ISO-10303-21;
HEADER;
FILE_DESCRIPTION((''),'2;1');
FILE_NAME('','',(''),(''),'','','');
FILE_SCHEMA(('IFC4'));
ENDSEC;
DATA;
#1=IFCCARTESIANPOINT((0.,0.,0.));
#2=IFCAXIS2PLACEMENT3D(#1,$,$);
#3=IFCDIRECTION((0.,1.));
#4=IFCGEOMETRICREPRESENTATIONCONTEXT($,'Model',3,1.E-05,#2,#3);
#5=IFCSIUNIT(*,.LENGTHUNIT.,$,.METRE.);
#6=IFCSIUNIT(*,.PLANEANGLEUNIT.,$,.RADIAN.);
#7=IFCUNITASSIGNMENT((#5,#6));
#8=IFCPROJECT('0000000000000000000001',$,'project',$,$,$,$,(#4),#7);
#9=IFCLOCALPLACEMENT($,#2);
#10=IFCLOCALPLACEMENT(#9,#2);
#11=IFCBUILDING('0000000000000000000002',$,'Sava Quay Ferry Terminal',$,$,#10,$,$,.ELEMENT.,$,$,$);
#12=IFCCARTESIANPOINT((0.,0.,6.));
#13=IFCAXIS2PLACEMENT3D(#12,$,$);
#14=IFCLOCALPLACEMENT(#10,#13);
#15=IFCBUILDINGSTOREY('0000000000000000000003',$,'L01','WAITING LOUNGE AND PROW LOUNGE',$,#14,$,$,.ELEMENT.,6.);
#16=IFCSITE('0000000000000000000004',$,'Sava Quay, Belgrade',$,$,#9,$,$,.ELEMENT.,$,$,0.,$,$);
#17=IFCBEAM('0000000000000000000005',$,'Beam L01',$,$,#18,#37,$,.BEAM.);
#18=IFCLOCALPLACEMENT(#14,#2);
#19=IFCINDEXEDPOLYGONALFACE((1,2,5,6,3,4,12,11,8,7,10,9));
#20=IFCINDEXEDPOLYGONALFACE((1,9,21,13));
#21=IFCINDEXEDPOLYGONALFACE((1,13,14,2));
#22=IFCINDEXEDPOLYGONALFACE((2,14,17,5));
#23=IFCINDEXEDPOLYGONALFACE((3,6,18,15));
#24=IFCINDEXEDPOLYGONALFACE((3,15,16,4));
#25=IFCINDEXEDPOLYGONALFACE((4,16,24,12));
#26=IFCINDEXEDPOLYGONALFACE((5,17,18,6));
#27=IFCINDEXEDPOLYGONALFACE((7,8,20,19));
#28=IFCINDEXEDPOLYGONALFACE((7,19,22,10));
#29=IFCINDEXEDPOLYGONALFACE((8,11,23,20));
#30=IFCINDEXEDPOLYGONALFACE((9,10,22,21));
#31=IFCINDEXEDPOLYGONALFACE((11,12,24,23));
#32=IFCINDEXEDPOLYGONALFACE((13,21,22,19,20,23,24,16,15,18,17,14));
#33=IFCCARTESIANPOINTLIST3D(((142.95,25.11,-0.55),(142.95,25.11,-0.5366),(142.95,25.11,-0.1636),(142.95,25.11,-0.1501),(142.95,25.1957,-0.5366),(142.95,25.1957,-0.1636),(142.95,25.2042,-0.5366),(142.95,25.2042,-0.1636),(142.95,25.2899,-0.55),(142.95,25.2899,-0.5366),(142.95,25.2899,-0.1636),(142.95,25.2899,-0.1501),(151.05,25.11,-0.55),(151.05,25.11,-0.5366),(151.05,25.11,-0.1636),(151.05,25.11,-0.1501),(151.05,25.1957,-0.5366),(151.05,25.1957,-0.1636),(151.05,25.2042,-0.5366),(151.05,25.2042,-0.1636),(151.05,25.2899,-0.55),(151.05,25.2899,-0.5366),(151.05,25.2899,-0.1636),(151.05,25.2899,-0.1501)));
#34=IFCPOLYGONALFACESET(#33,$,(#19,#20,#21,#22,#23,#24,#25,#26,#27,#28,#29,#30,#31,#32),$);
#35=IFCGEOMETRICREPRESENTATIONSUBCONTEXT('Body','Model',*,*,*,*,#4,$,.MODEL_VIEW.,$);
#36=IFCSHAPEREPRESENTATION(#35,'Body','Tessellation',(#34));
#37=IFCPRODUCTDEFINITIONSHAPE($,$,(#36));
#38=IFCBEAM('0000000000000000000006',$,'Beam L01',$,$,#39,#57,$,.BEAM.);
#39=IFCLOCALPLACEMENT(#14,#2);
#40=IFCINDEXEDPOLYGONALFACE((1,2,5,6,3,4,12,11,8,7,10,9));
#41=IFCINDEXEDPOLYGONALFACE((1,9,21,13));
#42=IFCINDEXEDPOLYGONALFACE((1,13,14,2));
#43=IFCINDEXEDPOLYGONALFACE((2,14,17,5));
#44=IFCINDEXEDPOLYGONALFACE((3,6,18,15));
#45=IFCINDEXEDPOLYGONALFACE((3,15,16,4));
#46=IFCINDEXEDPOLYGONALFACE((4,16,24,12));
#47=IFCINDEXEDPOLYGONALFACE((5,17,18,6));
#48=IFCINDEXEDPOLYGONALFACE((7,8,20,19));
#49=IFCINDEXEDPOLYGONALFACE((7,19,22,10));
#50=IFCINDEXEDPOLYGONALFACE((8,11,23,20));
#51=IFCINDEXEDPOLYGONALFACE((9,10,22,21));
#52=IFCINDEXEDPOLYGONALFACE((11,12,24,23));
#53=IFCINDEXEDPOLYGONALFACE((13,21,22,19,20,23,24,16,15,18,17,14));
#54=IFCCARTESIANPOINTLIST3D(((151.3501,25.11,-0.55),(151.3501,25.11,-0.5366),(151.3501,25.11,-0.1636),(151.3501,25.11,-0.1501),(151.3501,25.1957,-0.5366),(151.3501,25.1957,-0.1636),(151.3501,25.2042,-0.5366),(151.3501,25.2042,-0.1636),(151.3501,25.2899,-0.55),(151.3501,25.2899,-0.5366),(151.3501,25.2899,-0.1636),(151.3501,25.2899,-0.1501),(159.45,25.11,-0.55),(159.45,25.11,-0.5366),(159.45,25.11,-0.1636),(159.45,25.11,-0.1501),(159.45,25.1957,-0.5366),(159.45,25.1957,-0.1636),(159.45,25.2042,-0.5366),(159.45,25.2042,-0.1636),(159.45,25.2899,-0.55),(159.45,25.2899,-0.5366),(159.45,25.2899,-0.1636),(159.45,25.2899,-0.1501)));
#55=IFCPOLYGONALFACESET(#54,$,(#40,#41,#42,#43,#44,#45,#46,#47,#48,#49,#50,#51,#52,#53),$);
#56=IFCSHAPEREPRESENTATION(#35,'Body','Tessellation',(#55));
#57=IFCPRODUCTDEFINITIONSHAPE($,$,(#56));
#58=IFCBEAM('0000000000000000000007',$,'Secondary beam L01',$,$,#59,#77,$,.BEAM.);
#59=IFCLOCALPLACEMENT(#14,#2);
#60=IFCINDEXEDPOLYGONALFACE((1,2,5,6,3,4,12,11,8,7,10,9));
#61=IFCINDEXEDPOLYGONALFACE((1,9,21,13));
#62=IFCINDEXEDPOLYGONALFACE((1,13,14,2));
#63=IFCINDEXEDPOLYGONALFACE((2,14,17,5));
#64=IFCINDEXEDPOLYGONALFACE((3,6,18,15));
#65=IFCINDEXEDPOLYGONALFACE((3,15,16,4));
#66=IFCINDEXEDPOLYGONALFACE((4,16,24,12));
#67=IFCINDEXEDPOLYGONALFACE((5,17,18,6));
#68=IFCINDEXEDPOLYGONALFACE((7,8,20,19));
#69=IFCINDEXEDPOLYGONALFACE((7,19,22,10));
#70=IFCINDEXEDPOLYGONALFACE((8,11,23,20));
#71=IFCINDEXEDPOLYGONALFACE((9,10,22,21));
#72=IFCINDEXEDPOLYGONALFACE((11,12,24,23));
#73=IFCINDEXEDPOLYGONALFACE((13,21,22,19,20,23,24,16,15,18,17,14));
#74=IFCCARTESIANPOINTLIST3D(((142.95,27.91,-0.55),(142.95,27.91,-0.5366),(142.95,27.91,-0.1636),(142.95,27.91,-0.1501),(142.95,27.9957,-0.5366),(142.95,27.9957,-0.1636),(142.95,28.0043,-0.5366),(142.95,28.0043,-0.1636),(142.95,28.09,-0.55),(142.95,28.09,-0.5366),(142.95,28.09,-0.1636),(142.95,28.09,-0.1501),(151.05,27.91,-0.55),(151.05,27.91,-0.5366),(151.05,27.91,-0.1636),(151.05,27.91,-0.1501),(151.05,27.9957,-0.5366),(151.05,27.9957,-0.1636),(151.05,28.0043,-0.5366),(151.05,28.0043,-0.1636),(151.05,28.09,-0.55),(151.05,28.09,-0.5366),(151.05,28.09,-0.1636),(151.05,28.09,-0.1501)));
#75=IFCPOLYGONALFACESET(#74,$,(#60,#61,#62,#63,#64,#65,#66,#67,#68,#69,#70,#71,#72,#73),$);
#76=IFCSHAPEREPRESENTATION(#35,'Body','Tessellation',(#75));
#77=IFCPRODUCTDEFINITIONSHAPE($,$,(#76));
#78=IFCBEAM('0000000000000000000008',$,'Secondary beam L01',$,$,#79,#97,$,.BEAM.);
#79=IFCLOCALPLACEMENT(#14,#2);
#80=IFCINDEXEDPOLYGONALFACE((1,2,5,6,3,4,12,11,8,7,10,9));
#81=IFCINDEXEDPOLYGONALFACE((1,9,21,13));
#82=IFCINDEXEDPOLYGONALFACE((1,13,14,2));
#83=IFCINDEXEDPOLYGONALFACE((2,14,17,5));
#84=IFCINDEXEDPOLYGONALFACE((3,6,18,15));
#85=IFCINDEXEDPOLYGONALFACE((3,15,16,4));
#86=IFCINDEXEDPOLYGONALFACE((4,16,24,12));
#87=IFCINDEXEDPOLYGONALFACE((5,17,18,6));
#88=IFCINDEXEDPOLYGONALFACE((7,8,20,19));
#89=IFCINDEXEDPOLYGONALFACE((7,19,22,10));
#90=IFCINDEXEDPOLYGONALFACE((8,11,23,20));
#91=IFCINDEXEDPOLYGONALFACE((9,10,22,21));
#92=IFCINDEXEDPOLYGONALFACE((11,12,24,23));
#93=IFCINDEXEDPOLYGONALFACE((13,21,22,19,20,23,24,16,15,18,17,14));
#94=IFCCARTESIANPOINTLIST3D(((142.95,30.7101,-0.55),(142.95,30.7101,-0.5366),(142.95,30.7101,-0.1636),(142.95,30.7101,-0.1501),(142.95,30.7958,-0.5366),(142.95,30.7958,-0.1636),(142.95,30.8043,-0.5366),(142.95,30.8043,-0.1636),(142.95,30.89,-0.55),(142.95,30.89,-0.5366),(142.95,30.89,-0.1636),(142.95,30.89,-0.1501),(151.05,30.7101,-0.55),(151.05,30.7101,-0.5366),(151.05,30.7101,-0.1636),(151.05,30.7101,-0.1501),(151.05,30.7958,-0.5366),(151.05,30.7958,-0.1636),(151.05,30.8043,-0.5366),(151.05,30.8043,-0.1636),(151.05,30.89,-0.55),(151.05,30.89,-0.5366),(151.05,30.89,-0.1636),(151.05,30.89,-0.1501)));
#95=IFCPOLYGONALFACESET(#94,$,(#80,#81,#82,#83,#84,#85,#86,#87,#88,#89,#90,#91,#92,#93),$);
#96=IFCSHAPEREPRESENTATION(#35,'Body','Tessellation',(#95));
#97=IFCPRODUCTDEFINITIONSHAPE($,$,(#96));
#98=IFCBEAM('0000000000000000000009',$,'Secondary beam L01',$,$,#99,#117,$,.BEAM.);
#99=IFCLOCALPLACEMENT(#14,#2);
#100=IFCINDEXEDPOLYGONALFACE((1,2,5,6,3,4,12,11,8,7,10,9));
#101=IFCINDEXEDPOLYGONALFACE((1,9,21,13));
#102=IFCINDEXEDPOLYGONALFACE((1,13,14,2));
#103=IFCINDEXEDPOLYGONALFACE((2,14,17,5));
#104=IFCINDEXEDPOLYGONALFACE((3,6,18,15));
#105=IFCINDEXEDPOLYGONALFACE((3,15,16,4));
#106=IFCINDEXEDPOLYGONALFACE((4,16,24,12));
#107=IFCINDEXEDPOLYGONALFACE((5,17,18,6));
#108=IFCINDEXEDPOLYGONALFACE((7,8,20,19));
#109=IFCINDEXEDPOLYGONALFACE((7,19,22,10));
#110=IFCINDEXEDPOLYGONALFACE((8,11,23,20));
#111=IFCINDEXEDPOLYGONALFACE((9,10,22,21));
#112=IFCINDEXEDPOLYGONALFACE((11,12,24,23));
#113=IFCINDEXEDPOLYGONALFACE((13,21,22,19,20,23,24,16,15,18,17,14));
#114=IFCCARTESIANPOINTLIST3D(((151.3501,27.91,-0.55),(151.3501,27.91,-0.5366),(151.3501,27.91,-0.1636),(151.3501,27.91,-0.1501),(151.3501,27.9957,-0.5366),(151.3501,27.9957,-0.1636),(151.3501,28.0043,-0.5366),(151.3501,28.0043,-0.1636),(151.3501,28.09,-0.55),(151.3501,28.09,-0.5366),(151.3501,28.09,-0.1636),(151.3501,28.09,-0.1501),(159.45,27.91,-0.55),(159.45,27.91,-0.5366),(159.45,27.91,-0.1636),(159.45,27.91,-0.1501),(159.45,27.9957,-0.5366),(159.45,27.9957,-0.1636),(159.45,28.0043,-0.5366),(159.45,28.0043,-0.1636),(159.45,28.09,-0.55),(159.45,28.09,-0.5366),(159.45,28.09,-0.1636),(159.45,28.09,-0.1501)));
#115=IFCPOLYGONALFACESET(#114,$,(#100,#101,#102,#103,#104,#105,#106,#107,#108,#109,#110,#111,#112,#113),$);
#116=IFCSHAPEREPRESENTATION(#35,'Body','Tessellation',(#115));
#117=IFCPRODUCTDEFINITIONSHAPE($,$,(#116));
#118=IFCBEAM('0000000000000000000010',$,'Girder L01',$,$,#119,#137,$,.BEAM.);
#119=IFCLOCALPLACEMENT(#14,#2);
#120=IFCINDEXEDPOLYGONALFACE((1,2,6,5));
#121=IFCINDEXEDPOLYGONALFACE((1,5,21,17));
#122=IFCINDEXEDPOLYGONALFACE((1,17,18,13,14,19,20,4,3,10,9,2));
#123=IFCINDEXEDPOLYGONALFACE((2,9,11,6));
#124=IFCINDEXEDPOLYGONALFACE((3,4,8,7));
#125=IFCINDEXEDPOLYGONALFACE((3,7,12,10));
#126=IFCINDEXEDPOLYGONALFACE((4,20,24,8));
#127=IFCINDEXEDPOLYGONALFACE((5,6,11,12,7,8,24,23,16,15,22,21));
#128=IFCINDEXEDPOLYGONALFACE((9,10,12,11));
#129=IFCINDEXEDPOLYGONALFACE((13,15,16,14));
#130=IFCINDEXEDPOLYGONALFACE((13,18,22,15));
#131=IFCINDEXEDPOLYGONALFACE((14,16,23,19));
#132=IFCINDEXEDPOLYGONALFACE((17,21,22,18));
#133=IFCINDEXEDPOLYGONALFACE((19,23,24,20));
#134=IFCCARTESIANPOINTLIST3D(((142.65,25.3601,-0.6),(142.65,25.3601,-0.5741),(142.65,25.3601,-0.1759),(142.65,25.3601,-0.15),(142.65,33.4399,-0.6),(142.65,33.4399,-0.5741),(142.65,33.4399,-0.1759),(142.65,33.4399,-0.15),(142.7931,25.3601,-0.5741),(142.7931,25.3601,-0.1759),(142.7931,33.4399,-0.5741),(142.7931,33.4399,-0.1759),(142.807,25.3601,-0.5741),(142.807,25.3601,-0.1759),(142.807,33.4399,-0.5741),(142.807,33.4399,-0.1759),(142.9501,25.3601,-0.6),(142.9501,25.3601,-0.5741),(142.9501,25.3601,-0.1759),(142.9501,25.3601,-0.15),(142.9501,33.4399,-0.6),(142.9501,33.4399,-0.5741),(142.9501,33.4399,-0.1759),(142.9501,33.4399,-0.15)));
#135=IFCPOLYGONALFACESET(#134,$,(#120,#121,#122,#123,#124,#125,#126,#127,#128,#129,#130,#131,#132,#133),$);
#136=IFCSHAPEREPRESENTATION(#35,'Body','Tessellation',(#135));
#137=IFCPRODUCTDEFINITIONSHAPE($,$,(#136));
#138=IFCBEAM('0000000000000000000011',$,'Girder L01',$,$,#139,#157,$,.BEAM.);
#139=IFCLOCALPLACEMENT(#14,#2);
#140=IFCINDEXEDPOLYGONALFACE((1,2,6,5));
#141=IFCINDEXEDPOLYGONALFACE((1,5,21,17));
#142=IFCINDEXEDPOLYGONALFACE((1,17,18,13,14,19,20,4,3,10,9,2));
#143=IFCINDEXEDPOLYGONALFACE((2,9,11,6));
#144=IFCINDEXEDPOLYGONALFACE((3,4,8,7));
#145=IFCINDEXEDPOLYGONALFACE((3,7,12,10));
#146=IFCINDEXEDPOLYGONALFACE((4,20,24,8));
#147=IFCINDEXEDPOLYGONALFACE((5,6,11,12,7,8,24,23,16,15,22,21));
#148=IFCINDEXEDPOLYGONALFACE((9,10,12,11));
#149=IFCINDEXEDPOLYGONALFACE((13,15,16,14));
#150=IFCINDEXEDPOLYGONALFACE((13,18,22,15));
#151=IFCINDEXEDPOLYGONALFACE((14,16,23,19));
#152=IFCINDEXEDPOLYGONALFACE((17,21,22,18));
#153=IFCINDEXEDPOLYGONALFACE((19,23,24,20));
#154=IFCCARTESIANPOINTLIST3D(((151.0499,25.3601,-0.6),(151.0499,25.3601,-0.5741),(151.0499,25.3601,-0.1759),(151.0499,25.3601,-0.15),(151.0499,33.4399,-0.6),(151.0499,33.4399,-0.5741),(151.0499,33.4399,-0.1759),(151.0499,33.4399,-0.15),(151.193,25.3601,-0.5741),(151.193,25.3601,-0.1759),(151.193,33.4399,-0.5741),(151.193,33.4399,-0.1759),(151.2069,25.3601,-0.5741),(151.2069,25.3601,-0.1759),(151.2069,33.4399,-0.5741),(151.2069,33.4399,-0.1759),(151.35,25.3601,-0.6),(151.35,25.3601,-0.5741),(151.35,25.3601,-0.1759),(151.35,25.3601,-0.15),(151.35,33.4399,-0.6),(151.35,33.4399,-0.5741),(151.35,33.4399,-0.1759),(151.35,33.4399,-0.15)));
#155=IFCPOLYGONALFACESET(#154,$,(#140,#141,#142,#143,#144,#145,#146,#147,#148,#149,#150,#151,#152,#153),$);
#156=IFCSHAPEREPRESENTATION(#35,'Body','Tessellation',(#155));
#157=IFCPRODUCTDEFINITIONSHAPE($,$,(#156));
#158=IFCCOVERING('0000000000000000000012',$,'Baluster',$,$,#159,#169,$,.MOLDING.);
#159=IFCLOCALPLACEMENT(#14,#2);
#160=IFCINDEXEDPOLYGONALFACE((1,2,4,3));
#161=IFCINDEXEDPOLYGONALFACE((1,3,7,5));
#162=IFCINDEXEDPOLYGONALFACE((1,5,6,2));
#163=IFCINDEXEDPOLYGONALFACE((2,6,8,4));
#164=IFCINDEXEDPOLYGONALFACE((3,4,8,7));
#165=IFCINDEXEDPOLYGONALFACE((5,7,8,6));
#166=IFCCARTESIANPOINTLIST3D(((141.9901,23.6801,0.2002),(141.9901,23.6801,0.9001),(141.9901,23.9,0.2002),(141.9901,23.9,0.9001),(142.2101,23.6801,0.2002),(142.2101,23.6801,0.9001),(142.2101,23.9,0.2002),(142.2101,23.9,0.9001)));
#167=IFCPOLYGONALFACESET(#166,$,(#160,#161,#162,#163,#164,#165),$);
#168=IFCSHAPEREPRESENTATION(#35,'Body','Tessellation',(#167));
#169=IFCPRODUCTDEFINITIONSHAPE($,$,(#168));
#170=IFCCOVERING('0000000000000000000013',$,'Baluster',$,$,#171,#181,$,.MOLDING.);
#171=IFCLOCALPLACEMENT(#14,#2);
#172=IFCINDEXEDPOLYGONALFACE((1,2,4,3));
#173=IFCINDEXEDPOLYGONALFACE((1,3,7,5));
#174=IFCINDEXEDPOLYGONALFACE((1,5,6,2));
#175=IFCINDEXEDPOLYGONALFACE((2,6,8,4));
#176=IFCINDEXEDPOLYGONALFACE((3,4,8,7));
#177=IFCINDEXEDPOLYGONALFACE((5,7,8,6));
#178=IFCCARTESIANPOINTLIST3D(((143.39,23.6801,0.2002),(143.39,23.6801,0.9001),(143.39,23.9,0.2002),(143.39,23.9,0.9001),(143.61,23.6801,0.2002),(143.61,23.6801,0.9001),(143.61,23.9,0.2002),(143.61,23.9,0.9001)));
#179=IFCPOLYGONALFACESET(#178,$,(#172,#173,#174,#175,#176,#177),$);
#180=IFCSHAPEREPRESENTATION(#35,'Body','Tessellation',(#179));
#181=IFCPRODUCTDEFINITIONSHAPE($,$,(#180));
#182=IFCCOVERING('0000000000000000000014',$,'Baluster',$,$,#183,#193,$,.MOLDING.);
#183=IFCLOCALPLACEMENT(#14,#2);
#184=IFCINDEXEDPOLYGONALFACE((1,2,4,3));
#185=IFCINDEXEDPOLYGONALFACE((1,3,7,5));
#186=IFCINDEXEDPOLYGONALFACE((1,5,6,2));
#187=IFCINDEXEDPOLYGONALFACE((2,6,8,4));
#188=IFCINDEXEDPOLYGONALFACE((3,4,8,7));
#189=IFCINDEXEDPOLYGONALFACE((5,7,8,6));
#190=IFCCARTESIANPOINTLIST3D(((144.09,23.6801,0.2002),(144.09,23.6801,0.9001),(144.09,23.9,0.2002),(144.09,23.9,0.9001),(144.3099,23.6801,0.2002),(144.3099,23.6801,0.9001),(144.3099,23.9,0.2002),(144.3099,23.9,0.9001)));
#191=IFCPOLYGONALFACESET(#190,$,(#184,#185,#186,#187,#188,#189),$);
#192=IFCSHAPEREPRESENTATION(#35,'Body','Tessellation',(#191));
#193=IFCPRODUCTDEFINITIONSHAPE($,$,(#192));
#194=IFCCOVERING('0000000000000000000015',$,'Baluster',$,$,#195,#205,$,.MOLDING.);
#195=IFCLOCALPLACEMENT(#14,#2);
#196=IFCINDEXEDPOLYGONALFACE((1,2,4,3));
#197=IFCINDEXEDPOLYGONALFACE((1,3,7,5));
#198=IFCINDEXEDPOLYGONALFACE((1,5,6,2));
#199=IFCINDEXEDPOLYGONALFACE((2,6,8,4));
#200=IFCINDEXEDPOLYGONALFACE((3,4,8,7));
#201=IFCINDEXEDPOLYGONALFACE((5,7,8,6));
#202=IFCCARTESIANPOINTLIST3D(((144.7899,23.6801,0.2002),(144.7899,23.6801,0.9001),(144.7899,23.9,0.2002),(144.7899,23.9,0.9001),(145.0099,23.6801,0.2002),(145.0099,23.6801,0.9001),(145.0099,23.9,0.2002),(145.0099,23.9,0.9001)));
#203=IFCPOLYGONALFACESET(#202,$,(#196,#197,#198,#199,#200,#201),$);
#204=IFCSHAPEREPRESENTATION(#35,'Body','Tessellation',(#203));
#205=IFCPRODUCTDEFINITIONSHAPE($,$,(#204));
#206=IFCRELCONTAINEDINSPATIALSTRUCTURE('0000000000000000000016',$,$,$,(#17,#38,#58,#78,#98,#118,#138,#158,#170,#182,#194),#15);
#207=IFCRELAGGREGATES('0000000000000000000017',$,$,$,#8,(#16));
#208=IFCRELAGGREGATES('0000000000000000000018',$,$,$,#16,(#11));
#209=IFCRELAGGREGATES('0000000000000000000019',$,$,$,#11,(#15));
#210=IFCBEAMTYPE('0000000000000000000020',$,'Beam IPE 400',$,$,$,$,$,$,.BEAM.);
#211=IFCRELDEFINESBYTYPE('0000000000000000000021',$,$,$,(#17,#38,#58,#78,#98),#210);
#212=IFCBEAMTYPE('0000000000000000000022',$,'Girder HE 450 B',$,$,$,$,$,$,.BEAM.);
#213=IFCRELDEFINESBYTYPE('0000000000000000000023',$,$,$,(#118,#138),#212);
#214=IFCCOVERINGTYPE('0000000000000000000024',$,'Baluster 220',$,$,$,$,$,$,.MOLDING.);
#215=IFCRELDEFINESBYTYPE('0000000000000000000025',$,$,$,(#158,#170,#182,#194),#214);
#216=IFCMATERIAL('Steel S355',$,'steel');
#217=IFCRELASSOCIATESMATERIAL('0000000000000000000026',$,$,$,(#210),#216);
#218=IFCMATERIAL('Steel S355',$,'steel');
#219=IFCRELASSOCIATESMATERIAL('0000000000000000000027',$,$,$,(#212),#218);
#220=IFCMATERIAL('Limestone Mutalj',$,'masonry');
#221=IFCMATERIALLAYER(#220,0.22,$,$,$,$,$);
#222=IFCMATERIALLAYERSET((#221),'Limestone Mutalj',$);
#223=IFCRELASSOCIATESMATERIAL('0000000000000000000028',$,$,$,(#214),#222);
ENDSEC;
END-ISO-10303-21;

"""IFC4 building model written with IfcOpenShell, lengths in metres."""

from ifc_helpers import new_model, si_unit, direction, frame, origin, origin_2d, place, context, subcontext, project, spatial, rectangle, i_section, extrude, material, layer, layer_set, material_profile, profile_set, type_object, element, save


model = new_model("IFC4")

# Units and contexts
model_context = context("Model", 3, precision=1e-05, world=origin(), true_north=direction((0.0, 1.0)))
body_context = subcontext(model_context, "Body", "Model", "MODEL_VIEW")
ifc_project = project(units=[si_unit("LENGTHUNIT", "METRE"), si_unit("PLANEANGLEUNIT", "RADIAN")], contexts=[model_context])

# Site, building, storey
site_placement = place(None, origin())
site = spatial("IfcSite", under=ifc_project, at=site_placement, Name="Sava Quay, Belgrade", CompositionType="ELEMENT", RefElevation=0.0)
building_placement = place(site_placement, origin())
building = spatial("IfcBuilding", under=site, at=building_placement, Name="Sava Quay Ferry Terminal", CompositionType="ELEMENT")
storey_placement = place(building_placement, frame((0.0, 0.0, 6.0)))
storey = spatial("IfcBuildingStorey", under=building, at=storey_placement, Name="L01", Description="WAITING LOUNGE AND PROW LOUNGE", CompositionType="ELEMENT", Elevation=6.0)

# Beams
ifc_material_1 = material(Name="Steel S355", Category="steel")
ifc_material_profile_1 = material_profile(ifc_material_1, i_section(OverallWidth=0.1799, OverallDepth=0.3999, WebThickness=0.0085, FlangeThickness=0.0134, at=origin_2d()), Name="IPE 400")
ifc_profile_set_1 = profile_set([ifc_material_profile_1], Name="Steel S355")
beam_type_1 = type_object("IfcBeamType", Name="Beam IPE 400", PredefinedType="BEAM", material=ifc_profile_set_1)
beam_1_placement = place(storey_placement, frame((142.95, 25.2, -0.3501), z_axis=(1.0, 0.0, 0.0), x_axis=(0.0, 1.0, 0.0)))
element("IfcBeam", 1, at=beam_1_placement, inside=storey, type_object=beam_type_1, Name="Beam L01", PredefinedType="BEAM", context=body_context, shape_type="SweptSolid", body=[
    extrude(i_section(OverallWidth=0.1799, OverallDepth=0.3999, WebThickness=0.0085, FlangeThickness=0.0134, at=origin_2d()), origin(), (0.0, 0.0, 1.0), 8.1001),
])
beam_2_placement = place(storey_placement, frame((151.3501, 25.2, -0.3501), z_axis=(1.0, 0.0, 0.0), x_axis=(0.0, 1.0, 0.0)))
element("IfcBeam", 2, at=beam_2_placement, inside=storey, type_object=beam_type_1, Name="Beam L01", PredefinedType="BEAM", context=body_context, shape_type="SweptSolid", body=[
    extrude(i_section(OverallWidth=0.1799, OverallDepth=0.3999, WebThickness=0.0085, FlangeThickness=0.0134, at=origin_2d()), origin(), (0.0, 0.0, 1.0), 8.0999),
])
for number, where, z_axis, x_axis, name in (
    (3, (142.95, 28.0, -0.3501), (1.0, 0.0, 0.0), (0.0, 1.0, 0.0), "Secondary beam L01"),
    (4, (142.95, 30.8, -0.3501), (1.0, 0.0, 0.0), (0.0, 1.0, 0.0), "Secondary beam L01"),
):
    element("IfcBeam", number, at=place(storey_placement, frame(where, z_axis=z_axis, x_axis=x_axis)), inside=storey, type_object=beam_type_1, Name=name, PredefinedType="BEAM", context=body_context, shape_type="SweptSolid", body=[
        extrude(i_section(OverallWidth=0.1799, OverallDepth=0.3999, WebThickness=0.0085, FlangeThickness=0.0134, at=origin_2d()), origin(), (0.0, 0.0, 1.0), 8.1001),
    ])
beam_3_placement = place(storey_placement, frame((151.3501, 28.0, -0.3501), z_axis=(1.0, 0.0, 0.0), x_axis=(0.0, 1.0, 0.0)))
element("IfcBeam", 5, at=beam_3_placement, inside=storey, type_object=beam_type_1, Name="Secondary beam L01", PredefinedType="BEAM", context=body_context, shape_type="SweptSolid", body=[
    extrude(i_section(OverallWidth=0.1799, OverallDepth=0.3999, WebThickness=0.0085, FlangeThickness=0.0134, at=origin_2d()), origin(), (0.0, 0.0, 1.0), 8.0999),
])
ifc_material_2 = material(Name="Steel S355", Category="steel")
ifc_material_profile_2 = material_profile(ifc_material_2, i_section(OverallWidth=0.3, OverallDepth=0.45, WebThickness=0.0139, FlangeThickness=0.0259, at=origin_2d()), Name="HE 450 B")
ifc_profile_set_2 = profile_set([ifc_material_profile_2], Name="Steel S355")
beam_type_2 = type_object("IfcBeamType", Name="Girder HE 450 B", PredefinedType="BEAM", material=ifc_profile_set_2)
for number, where, z_axis, x_axis, name in (
    (6, (142.8, 25.3601, -0.375), (0.0, 1.0, 0.0), (-1.0, 0.0, 0.0), "Girder L01"),
    (7, (151.2, 25.3601, -0.375), (0.0, 1.0, 0.0), (-1.0, 0.0, 0.0), "Girder L01"),
):
    element("IfcBeam", number, at=place(storey_placement, frame(where, z_axis=z_axis, x_axis=x_axis)), inside=storey, type_object=beam_type_2, Name=name, PredefinedType="BEAM", context=body_context, shape_type="SweptSolid", body=[
        extrude(i_section(OverallWidth=0.3, OverallDepth=0.45, WebThickness=0.0139, FlangeThickness=0.0259, at=origin_2d()), origin(), (0.0, 0.0, 1.0), 8.0798),
    ])

# Coverings
ifc_material_3 = material(Name="Limestone Mutalj", Category="masonry")
ifc_layer_1 = layer(ifc_material_3, 0.22)
ifc_layer_set_1 = layer_set([ifc_layer_1], Name="Limestone Mutalj")
covering_type_1 = type_object("IfcCoveringType", Name="Baluster 220", PredefinedType="MOLDING", material=ifc_layer_set_1)
for number, where, z_axis, x_axis, name in (
    (8, (142.1001, 23.79, 0.2002), (0.0, 0.0, 1.0), (1.0, 0.0, 0.0), "Baluster"),
    (9, (143.5, 23.79, 0.2002), (0.0, 0.0, 1.0), (1.0, 0.0, 0.0), "Baluster"),
    (10, (144.2, 23.79, 0.2002), (0.0, 0.0, 1.0), (1.0, 0.0, 0.0), "Baluster"),
    (11, (144.8999, 23.79, 0.2002), (0.0, 0.0, 1.0), (1.0, 0.0, 0.0), "Baluster"),
):
    element("IfcCovering", number, at=place(storey_placement, frame(where, z_axis=z_axis, x_axis=x_axis)), inside=storey, type_object=covering_type_1, Name=name, PredefinedType="MOLDING", context=body_context, shape_type="SweptSolid", body=[
        extrude(rectangle(XDim=0.22, YDim=0.22, at=origin_2d()), origin(), (0.0, 0.0, 1.0), 0.7),
    ])

save(model, "model.ifc")
